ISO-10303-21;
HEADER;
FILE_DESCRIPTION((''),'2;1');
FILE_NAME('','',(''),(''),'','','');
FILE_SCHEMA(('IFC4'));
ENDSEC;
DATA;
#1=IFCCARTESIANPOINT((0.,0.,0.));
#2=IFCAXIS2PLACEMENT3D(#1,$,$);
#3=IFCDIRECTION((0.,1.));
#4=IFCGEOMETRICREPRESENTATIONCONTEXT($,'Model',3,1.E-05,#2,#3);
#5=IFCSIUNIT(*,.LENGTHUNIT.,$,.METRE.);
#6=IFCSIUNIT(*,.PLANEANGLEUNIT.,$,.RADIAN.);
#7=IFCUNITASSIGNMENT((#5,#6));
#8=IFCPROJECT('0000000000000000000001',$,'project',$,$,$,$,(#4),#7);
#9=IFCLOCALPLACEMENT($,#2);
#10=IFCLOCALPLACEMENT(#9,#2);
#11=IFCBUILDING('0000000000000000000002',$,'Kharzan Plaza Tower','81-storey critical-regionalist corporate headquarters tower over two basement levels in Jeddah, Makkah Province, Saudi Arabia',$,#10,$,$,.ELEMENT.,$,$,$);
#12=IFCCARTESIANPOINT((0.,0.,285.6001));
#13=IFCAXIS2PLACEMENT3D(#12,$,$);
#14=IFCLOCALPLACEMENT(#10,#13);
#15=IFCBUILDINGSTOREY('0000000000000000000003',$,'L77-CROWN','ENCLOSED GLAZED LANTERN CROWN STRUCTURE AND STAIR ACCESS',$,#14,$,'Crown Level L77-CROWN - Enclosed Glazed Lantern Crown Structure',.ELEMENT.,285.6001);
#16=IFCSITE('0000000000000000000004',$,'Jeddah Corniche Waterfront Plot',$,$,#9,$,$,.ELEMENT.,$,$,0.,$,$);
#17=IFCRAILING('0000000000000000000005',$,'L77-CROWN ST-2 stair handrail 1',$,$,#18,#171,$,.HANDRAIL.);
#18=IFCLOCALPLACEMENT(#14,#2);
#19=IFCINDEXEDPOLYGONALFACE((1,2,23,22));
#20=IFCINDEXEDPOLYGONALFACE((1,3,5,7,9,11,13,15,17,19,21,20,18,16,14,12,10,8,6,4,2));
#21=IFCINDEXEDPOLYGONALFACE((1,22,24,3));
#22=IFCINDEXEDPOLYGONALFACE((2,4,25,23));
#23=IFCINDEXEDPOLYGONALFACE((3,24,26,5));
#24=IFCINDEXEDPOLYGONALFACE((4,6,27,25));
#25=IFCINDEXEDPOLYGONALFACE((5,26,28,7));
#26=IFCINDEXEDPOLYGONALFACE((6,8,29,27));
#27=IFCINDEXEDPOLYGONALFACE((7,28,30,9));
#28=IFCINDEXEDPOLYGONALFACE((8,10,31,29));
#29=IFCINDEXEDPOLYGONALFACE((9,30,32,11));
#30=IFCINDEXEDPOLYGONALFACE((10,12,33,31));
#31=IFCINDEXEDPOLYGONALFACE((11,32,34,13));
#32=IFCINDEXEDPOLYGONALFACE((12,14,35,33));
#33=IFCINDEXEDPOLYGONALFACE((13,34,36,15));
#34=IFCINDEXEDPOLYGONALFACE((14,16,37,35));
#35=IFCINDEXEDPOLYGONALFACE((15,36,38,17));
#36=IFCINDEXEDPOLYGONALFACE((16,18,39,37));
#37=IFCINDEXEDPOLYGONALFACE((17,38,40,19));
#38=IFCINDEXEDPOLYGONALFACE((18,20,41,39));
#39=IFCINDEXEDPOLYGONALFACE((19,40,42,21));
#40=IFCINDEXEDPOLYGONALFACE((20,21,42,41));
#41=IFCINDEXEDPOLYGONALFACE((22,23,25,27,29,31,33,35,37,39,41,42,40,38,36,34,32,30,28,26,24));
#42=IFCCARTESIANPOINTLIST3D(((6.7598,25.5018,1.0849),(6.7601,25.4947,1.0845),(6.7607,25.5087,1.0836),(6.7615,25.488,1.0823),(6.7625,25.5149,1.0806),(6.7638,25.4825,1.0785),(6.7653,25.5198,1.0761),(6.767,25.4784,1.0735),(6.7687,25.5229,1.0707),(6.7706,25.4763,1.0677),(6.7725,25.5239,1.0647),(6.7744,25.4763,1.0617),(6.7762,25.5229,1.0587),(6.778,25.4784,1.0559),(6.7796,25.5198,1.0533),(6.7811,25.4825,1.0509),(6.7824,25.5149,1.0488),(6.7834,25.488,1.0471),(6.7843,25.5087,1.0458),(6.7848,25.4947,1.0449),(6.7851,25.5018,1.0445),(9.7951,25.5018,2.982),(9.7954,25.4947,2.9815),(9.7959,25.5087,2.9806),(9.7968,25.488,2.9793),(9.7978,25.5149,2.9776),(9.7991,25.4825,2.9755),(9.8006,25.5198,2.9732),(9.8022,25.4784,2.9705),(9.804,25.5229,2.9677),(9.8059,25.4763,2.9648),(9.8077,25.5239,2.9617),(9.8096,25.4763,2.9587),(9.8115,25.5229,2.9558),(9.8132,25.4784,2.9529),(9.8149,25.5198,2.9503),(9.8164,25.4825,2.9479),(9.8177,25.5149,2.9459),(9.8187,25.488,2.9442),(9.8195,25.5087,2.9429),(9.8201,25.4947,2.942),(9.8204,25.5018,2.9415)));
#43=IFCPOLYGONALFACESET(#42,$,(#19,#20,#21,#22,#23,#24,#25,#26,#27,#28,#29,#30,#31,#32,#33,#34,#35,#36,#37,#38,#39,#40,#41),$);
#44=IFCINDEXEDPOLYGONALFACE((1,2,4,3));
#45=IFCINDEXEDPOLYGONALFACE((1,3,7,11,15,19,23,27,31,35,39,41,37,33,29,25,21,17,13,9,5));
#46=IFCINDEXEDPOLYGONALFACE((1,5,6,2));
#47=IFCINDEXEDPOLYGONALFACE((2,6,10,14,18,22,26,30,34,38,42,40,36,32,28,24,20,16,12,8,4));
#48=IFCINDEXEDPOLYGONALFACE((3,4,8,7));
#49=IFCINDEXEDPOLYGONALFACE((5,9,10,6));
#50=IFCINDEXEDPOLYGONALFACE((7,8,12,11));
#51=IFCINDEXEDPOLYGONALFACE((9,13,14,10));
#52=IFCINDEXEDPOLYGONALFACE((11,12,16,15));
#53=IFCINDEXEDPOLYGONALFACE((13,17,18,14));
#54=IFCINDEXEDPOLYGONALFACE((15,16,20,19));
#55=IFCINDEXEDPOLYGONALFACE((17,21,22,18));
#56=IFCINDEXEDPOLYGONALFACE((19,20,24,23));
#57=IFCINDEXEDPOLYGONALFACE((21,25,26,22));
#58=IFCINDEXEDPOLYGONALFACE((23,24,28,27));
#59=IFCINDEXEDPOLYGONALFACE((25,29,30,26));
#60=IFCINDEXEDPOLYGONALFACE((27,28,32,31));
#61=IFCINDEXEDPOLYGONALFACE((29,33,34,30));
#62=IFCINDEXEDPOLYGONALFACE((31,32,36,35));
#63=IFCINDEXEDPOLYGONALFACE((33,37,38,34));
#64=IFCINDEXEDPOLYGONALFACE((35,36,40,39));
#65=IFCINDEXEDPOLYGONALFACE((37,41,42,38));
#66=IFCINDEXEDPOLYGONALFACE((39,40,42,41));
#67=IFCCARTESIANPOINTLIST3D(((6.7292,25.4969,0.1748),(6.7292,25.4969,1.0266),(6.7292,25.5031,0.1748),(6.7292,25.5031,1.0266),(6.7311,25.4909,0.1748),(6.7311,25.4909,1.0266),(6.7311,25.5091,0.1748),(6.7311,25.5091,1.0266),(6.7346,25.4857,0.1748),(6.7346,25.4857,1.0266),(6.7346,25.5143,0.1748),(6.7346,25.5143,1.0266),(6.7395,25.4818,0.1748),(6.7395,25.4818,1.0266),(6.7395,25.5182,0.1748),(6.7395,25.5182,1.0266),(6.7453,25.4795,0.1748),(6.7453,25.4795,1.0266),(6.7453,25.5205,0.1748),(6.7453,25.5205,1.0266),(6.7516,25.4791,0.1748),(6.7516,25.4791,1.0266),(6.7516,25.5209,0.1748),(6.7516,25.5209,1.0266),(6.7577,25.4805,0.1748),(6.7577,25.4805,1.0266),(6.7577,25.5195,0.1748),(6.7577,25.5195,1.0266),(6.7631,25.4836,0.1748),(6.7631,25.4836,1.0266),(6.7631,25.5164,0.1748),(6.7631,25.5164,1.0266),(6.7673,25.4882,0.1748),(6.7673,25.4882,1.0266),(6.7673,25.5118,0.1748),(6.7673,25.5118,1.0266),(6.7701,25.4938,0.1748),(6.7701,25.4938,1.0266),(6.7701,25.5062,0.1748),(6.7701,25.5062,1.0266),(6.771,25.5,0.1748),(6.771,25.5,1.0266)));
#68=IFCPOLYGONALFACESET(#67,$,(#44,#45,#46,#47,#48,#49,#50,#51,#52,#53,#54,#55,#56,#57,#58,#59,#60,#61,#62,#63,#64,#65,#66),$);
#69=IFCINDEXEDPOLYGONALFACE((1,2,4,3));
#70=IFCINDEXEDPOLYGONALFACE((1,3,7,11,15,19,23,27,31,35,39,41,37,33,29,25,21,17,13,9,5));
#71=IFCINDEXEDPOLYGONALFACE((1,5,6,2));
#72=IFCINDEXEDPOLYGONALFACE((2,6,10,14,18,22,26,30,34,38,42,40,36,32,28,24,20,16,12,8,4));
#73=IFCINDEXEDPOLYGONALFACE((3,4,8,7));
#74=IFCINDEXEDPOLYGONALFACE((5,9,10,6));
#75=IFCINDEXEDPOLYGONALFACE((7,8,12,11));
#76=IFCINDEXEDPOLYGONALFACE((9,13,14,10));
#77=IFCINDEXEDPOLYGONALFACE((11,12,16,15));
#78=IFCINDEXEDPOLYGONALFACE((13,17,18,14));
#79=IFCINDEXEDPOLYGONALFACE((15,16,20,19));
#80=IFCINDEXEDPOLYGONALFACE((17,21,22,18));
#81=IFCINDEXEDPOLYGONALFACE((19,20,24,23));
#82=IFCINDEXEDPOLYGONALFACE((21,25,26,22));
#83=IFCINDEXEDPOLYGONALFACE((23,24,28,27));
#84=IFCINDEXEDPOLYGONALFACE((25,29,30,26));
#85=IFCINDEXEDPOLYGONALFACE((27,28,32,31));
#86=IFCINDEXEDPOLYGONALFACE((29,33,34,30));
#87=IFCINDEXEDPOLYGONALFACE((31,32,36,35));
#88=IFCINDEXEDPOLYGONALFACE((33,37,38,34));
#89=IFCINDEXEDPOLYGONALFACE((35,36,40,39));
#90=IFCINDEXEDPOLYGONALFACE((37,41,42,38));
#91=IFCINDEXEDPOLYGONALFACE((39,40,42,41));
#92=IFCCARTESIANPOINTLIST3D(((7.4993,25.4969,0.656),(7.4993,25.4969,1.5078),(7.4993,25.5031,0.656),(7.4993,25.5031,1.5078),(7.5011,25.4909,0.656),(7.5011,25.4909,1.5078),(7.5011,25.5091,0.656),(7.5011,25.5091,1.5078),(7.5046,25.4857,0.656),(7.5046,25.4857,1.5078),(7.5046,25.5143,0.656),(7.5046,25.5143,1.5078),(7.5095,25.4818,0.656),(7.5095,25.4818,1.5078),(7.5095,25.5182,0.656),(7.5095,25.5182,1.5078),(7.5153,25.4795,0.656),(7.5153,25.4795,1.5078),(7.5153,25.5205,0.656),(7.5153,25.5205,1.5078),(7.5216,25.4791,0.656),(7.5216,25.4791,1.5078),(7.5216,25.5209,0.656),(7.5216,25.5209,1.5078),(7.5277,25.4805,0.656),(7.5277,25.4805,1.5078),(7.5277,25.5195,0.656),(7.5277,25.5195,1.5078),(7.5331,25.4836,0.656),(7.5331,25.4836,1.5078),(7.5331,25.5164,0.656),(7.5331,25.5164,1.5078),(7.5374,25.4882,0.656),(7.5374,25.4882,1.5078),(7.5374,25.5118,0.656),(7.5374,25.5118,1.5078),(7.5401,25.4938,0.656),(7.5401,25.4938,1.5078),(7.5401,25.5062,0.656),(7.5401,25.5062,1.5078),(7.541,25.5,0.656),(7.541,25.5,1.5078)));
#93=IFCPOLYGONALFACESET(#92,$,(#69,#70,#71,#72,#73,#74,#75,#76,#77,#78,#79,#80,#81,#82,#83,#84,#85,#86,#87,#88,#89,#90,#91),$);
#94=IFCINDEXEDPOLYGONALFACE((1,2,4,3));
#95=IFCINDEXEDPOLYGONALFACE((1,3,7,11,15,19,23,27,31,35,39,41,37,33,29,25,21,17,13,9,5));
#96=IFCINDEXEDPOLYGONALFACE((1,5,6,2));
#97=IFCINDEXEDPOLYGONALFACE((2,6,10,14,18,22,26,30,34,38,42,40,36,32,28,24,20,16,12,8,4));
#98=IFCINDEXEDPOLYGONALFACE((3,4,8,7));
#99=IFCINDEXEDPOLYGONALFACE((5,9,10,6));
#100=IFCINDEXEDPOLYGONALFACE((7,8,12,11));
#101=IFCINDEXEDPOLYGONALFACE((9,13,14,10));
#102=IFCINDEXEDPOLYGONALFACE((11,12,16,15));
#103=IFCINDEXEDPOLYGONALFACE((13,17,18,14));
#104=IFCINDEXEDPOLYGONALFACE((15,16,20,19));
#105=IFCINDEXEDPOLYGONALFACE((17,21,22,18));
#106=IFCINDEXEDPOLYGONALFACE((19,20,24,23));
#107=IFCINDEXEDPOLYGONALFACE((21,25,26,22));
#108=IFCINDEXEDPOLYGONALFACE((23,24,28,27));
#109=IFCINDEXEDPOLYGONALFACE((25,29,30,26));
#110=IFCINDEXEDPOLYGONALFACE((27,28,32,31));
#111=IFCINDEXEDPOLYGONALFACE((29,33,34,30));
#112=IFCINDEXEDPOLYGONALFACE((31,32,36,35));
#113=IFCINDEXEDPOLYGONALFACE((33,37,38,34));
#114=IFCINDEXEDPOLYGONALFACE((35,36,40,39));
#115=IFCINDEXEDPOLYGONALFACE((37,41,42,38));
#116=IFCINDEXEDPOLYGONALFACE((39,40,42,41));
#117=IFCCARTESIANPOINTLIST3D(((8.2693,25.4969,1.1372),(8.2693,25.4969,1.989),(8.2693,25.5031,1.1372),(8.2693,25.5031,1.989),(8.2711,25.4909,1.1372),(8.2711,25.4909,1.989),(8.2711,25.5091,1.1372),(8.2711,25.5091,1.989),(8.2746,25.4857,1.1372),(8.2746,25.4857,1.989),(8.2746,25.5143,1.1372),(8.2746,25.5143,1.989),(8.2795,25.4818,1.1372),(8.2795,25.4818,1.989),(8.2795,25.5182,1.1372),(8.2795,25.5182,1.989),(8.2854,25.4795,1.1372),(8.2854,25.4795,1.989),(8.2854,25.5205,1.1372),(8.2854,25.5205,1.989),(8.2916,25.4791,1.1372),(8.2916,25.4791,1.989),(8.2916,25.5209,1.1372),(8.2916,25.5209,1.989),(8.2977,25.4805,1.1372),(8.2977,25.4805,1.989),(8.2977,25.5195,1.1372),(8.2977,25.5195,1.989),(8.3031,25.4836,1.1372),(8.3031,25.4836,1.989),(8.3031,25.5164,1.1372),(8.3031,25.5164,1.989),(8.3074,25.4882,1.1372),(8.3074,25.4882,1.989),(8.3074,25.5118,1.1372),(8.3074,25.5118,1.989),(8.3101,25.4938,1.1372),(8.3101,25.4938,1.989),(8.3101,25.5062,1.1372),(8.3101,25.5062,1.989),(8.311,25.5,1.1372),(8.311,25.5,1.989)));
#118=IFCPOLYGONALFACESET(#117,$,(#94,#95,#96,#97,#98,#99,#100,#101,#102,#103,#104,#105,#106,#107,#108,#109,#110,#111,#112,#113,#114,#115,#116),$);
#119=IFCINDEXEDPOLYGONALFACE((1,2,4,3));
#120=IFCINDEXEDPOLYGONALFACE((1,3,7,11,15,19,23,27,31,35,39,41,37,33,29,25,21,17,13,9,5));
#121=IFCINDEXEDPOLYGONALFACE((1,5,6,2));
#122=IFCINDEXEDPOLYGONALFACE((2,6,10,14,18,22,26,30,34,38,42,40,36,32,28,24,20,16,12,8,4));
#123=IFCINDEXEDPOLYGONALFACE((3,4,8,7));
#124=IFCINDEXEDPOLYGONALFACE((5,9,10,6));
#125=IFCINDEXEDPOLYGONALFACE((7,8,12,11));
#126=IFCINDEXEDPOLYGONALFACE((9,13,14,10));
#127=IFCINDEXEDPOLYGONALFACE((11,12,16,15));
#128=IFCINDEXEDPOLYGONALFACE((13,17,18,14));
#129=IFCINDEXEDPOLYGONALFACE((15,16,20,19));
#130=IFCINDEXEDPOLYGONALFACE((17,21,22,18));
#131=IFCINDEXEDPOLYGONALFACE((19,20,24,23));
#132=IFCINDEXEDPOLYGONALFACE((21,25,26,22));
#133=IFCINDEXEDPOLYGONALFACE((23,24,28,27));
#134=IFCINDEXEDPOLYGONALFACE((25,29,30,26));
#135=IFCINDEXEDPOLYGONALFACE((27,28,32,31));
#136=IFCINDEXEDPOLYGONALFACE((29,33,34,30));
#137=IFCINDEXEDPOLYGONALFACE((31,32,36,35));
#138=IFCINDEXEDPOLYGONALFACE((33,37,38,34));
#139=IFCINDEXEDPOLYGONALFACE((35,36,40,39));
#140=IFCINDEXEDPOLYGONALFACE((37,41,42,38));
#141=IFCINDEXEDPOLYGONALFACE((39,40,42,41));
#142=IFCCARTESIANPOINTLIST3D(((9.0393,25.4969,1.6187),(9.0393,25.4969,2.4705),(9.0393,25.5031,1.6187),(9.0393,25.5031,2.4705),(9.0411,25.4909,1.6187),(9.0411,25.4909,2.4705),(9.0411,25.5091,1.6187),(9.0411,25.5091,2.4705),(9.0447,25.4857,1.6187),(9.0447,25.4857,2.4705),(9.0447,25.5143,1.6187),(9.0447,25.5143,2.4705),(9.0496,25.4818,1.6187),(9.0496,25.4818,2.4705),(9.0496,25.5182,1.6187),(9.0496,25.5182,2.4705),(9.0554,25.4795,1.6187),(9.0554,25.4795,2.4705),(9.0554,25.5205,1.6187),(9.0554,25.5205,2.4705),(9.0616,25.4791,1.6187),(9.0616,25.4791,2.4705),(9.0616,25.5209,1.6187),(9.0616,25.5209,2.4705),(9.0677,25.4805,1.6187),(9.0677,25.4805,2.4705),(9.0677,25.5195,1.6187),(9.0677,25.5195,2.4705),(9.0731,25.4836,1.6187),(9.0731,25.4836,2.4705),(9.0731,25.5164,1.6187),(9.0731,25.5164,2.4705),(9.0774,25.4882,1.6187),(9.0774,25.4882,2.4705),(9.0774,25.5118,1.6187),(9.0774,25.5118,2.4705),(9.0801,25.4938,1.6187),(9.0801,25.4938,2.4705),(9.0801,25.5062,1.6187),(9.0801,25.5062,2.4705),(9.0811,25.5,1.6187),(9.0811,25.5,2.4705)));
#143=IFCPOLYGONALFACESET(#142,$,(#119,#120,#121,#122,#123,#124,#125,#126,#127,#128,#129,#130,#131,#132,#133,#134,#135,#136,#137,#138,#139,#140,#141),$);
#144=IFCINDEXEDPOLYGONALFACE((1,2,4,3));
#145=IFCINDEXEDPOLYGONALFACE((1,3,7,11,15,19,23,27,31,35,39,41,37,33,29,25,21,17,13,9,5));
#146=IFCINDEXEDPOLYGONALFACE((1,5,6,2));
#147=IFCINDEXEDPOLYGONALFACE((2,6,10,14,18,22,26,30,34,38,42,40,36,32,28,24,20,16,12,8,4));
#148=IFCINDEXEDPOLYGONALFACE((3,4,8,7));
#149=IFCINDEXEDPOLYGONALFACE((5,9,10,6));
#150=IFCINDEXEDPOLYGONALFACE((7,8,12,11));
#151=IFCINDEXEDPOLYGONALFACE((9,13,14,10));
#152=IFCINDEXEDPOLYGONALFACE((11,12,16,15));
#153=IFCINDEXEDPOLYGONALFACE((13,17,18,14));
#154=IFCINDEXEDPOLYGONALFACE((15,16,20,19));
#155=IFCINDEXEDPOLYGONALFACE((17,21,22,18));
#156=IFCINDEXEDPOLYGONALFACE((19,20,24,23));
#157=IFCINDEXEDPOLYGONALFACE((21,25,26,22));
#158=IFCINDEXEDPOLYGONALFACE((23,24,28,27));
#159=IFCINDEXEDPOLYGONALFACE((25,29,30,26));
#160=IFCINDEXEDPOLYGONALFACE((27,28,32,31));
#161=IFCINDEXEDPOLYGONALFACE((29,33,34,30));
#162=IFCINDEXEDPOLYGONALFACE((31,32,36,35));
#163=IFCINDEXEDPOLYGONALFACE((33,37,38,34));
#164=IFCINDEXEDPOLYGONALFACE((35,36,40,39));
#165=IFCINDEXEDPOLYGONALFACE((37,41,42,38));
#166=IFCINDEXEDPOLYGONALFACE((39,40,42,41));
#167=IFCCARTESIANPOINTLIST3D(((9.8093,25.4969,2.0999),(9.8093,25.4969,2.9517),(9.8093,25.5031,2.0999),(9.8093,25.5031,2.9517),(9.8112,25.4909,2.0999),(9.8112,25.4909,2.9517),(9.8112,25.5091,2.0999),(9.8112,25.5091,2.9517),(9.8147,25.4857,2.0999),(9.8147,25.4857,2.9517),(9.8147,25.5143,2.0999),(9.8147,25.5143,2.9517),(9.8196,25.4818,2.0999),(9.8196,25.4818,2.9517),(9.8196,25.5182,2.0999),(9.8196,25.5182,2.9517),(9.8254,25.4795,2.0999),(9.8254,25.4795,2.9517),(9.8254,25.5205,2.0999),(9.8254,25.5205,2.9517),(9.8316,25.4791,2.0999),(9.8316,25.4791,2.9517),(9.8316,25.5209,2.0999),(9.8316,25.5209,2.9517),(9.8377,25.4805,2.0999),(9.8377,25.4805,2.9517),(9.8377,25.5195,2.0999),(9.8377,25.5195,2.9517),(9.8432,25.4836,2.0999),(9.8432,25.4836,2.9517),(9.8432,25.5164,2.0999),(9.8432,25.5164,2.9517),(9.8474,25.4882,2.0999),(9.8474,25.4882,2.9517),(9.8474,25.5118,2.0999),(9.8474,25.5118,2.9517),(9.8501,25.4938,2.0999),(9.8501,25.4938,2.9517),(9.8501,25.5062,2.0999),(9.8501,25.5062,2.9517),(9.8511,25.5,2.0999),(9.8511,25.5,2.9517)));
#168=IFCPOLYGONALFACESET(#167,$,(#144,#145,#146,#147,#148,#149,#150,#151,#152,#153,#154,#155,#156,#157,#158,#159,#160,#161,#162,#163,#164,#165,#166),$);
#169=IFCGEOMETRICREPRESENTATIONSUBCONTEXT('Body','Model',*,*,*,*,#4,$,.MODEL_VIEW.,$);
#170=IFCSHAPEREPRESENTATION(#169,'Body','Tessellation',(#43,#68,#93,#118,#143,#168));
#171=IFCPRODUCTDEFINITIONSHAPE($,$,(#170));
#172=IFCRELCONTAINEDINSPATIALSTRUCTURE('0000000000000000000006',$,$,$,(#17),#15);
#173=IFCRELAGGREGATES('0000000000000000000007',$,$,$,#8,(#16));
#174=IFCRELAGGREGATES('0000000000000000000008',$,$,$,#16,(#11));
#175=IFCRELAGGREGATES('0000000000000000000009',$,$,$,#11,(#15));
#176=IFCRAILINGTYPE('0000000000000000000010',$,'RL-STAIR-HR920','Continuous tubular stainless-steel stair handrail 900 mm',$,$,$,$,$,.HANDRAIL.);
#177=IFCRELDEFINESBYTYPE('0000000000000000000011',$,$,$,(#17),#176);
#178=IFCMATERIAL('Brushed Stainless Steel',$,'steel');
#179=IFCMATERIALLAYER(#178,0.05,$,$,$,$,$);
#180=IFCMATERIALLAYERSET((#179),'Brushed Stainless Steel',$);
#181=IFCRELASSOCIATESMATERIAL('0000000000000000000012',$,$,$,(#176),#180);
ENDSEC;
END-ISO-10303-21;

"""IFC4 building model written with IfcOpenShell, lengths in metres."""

from ifc_helpers import new_model, si_unit, direction, frame, origin, origin_2d, place, context, subcontext, project, spatial, circle, extrude, source, transform, mapped, material, layer, layer_set, type_object, element, save


model = new_model("IFC4")

# Units and contexts
model_context = context("Model", 3, precision=1e-05, world=origin(), true_north=direction((0.0, 1.0)))
body_context = subcontext(model_context, "Body", "Model", "MODEL_VIEW")
ifc_project = project(units=[si_unit("LENGTHUNIT", "METRE"), si_unit("PLANEANGLEUNIT", "RADIAN")], contexts=[model_context])

# Site, building, storey
site_placement = place(None, origin())
site = spatial("IfcSite", under=ifc_project, at=site_placement, Name="Jeddah Corniche Waterfront Plot", CompositionType="ELEMENT", RefElevation=0.0)
building_placement = place(site_placement, origin())
building = spatial("IfcBuilding", under=site, at=building_placement, Name="Kharzan Plaza Tower", Description="81-storey critical-regionalist corporate headquarters tower over two basement levels in Jeddah, Makkah Province, Saudi Arabia", CompositionType="ELEMENT")
storey_placement = place(building_placement, frame((0.0, 0.0, 285.6001)))
storey = spatial("IfcBuildingStorey", under=building, at=storey_placement, Name="L77-CROWN", Description="ENCLOSED GLAZED LANTERN CROWN STRUCTURE AND STAIR ACCESS", LongName="Crown Level L77-CROWN - Enclosed Glazed Lantern Crown Structure", CompositionType="ELEMENT", Elevation=285.6001)

# Railing
ifc_material_1 = material(Name="Brushed Stainless Steel", Category="steel")
ifc_layer_1 = layer(ifc_material_1, 0.05)
ifc_layer_set_1 = layer_set([ifc_layer_1], Name="Brushed Stainless Steel")
railing_type_1 = type_object("IfcRailingType", Name="RL-STAIR-HR920", Description="Continuous tubular stainless-steel stair handrail 900 mm", PredefinedType="HANDRAIL", material=ifc_layer_set_1)
shared_shape_1 = source(origin(), body_context, "Body", "SweptSolid", [
    extrude(circle(Radius=0.0239, at=origin_2d()), frame((0.0225, 0.0, 0.8899), z_axis=(0.847998, 0.0, 0.529999), x_axis=(0.0, 1.0, 0.0)), (0.0, 0.0, 1.0), 3.5793),
    extrude(circle(Radius=0.021, at=origin_2d()), origin(), (0.0, 0.0, 1.0), 0.8518),
    extrude(circle(Radius=0.021, at=origin_2d()), frame((0.77, 0.0, 0.4812)), (0.0, 0.0, 1.0), 0.8518),
    extrude(circle(Radius=0.021, at=origin_2d()), frame((1.54, 0.0, 0.9624)), (0.0, 0.0, 1.0), 0.8518),
    extrude(circle(Radius=0.021, at=origin_2d()), frame((2.3101, 0.0, 1.4438)), (0.0, 0.0, 1.0), 0.8518),
    extrude(circle(Radius=0.021, at=origin_2d()), frame((3.0801, 0.0, 1.925)), (0.0, 0.0, 1.0), 0.8518),
])
railing_1_placement = place(storey_placement, frame((6.75, 25.5, 0.1748)))
element("IfcRailing", 1, at=railing_1_placement, inside=storey, type_object=railing_type_1, Name="L77-CROWN ST-2 stair handrail 1", PredefinedType="HANDRAIL", context=body_context, shape_type="MappedRepresentation", body=[
    mapped(shared_shape_1, transform((0.0, 0.0, 0.0), x_axis=(1.0, 0.0, 0.0), y_axis=(0.0, 1.0, 0.0), z_axis=(0.0, 0.0, 1.0))),
])

save(model, "model.ifc")
